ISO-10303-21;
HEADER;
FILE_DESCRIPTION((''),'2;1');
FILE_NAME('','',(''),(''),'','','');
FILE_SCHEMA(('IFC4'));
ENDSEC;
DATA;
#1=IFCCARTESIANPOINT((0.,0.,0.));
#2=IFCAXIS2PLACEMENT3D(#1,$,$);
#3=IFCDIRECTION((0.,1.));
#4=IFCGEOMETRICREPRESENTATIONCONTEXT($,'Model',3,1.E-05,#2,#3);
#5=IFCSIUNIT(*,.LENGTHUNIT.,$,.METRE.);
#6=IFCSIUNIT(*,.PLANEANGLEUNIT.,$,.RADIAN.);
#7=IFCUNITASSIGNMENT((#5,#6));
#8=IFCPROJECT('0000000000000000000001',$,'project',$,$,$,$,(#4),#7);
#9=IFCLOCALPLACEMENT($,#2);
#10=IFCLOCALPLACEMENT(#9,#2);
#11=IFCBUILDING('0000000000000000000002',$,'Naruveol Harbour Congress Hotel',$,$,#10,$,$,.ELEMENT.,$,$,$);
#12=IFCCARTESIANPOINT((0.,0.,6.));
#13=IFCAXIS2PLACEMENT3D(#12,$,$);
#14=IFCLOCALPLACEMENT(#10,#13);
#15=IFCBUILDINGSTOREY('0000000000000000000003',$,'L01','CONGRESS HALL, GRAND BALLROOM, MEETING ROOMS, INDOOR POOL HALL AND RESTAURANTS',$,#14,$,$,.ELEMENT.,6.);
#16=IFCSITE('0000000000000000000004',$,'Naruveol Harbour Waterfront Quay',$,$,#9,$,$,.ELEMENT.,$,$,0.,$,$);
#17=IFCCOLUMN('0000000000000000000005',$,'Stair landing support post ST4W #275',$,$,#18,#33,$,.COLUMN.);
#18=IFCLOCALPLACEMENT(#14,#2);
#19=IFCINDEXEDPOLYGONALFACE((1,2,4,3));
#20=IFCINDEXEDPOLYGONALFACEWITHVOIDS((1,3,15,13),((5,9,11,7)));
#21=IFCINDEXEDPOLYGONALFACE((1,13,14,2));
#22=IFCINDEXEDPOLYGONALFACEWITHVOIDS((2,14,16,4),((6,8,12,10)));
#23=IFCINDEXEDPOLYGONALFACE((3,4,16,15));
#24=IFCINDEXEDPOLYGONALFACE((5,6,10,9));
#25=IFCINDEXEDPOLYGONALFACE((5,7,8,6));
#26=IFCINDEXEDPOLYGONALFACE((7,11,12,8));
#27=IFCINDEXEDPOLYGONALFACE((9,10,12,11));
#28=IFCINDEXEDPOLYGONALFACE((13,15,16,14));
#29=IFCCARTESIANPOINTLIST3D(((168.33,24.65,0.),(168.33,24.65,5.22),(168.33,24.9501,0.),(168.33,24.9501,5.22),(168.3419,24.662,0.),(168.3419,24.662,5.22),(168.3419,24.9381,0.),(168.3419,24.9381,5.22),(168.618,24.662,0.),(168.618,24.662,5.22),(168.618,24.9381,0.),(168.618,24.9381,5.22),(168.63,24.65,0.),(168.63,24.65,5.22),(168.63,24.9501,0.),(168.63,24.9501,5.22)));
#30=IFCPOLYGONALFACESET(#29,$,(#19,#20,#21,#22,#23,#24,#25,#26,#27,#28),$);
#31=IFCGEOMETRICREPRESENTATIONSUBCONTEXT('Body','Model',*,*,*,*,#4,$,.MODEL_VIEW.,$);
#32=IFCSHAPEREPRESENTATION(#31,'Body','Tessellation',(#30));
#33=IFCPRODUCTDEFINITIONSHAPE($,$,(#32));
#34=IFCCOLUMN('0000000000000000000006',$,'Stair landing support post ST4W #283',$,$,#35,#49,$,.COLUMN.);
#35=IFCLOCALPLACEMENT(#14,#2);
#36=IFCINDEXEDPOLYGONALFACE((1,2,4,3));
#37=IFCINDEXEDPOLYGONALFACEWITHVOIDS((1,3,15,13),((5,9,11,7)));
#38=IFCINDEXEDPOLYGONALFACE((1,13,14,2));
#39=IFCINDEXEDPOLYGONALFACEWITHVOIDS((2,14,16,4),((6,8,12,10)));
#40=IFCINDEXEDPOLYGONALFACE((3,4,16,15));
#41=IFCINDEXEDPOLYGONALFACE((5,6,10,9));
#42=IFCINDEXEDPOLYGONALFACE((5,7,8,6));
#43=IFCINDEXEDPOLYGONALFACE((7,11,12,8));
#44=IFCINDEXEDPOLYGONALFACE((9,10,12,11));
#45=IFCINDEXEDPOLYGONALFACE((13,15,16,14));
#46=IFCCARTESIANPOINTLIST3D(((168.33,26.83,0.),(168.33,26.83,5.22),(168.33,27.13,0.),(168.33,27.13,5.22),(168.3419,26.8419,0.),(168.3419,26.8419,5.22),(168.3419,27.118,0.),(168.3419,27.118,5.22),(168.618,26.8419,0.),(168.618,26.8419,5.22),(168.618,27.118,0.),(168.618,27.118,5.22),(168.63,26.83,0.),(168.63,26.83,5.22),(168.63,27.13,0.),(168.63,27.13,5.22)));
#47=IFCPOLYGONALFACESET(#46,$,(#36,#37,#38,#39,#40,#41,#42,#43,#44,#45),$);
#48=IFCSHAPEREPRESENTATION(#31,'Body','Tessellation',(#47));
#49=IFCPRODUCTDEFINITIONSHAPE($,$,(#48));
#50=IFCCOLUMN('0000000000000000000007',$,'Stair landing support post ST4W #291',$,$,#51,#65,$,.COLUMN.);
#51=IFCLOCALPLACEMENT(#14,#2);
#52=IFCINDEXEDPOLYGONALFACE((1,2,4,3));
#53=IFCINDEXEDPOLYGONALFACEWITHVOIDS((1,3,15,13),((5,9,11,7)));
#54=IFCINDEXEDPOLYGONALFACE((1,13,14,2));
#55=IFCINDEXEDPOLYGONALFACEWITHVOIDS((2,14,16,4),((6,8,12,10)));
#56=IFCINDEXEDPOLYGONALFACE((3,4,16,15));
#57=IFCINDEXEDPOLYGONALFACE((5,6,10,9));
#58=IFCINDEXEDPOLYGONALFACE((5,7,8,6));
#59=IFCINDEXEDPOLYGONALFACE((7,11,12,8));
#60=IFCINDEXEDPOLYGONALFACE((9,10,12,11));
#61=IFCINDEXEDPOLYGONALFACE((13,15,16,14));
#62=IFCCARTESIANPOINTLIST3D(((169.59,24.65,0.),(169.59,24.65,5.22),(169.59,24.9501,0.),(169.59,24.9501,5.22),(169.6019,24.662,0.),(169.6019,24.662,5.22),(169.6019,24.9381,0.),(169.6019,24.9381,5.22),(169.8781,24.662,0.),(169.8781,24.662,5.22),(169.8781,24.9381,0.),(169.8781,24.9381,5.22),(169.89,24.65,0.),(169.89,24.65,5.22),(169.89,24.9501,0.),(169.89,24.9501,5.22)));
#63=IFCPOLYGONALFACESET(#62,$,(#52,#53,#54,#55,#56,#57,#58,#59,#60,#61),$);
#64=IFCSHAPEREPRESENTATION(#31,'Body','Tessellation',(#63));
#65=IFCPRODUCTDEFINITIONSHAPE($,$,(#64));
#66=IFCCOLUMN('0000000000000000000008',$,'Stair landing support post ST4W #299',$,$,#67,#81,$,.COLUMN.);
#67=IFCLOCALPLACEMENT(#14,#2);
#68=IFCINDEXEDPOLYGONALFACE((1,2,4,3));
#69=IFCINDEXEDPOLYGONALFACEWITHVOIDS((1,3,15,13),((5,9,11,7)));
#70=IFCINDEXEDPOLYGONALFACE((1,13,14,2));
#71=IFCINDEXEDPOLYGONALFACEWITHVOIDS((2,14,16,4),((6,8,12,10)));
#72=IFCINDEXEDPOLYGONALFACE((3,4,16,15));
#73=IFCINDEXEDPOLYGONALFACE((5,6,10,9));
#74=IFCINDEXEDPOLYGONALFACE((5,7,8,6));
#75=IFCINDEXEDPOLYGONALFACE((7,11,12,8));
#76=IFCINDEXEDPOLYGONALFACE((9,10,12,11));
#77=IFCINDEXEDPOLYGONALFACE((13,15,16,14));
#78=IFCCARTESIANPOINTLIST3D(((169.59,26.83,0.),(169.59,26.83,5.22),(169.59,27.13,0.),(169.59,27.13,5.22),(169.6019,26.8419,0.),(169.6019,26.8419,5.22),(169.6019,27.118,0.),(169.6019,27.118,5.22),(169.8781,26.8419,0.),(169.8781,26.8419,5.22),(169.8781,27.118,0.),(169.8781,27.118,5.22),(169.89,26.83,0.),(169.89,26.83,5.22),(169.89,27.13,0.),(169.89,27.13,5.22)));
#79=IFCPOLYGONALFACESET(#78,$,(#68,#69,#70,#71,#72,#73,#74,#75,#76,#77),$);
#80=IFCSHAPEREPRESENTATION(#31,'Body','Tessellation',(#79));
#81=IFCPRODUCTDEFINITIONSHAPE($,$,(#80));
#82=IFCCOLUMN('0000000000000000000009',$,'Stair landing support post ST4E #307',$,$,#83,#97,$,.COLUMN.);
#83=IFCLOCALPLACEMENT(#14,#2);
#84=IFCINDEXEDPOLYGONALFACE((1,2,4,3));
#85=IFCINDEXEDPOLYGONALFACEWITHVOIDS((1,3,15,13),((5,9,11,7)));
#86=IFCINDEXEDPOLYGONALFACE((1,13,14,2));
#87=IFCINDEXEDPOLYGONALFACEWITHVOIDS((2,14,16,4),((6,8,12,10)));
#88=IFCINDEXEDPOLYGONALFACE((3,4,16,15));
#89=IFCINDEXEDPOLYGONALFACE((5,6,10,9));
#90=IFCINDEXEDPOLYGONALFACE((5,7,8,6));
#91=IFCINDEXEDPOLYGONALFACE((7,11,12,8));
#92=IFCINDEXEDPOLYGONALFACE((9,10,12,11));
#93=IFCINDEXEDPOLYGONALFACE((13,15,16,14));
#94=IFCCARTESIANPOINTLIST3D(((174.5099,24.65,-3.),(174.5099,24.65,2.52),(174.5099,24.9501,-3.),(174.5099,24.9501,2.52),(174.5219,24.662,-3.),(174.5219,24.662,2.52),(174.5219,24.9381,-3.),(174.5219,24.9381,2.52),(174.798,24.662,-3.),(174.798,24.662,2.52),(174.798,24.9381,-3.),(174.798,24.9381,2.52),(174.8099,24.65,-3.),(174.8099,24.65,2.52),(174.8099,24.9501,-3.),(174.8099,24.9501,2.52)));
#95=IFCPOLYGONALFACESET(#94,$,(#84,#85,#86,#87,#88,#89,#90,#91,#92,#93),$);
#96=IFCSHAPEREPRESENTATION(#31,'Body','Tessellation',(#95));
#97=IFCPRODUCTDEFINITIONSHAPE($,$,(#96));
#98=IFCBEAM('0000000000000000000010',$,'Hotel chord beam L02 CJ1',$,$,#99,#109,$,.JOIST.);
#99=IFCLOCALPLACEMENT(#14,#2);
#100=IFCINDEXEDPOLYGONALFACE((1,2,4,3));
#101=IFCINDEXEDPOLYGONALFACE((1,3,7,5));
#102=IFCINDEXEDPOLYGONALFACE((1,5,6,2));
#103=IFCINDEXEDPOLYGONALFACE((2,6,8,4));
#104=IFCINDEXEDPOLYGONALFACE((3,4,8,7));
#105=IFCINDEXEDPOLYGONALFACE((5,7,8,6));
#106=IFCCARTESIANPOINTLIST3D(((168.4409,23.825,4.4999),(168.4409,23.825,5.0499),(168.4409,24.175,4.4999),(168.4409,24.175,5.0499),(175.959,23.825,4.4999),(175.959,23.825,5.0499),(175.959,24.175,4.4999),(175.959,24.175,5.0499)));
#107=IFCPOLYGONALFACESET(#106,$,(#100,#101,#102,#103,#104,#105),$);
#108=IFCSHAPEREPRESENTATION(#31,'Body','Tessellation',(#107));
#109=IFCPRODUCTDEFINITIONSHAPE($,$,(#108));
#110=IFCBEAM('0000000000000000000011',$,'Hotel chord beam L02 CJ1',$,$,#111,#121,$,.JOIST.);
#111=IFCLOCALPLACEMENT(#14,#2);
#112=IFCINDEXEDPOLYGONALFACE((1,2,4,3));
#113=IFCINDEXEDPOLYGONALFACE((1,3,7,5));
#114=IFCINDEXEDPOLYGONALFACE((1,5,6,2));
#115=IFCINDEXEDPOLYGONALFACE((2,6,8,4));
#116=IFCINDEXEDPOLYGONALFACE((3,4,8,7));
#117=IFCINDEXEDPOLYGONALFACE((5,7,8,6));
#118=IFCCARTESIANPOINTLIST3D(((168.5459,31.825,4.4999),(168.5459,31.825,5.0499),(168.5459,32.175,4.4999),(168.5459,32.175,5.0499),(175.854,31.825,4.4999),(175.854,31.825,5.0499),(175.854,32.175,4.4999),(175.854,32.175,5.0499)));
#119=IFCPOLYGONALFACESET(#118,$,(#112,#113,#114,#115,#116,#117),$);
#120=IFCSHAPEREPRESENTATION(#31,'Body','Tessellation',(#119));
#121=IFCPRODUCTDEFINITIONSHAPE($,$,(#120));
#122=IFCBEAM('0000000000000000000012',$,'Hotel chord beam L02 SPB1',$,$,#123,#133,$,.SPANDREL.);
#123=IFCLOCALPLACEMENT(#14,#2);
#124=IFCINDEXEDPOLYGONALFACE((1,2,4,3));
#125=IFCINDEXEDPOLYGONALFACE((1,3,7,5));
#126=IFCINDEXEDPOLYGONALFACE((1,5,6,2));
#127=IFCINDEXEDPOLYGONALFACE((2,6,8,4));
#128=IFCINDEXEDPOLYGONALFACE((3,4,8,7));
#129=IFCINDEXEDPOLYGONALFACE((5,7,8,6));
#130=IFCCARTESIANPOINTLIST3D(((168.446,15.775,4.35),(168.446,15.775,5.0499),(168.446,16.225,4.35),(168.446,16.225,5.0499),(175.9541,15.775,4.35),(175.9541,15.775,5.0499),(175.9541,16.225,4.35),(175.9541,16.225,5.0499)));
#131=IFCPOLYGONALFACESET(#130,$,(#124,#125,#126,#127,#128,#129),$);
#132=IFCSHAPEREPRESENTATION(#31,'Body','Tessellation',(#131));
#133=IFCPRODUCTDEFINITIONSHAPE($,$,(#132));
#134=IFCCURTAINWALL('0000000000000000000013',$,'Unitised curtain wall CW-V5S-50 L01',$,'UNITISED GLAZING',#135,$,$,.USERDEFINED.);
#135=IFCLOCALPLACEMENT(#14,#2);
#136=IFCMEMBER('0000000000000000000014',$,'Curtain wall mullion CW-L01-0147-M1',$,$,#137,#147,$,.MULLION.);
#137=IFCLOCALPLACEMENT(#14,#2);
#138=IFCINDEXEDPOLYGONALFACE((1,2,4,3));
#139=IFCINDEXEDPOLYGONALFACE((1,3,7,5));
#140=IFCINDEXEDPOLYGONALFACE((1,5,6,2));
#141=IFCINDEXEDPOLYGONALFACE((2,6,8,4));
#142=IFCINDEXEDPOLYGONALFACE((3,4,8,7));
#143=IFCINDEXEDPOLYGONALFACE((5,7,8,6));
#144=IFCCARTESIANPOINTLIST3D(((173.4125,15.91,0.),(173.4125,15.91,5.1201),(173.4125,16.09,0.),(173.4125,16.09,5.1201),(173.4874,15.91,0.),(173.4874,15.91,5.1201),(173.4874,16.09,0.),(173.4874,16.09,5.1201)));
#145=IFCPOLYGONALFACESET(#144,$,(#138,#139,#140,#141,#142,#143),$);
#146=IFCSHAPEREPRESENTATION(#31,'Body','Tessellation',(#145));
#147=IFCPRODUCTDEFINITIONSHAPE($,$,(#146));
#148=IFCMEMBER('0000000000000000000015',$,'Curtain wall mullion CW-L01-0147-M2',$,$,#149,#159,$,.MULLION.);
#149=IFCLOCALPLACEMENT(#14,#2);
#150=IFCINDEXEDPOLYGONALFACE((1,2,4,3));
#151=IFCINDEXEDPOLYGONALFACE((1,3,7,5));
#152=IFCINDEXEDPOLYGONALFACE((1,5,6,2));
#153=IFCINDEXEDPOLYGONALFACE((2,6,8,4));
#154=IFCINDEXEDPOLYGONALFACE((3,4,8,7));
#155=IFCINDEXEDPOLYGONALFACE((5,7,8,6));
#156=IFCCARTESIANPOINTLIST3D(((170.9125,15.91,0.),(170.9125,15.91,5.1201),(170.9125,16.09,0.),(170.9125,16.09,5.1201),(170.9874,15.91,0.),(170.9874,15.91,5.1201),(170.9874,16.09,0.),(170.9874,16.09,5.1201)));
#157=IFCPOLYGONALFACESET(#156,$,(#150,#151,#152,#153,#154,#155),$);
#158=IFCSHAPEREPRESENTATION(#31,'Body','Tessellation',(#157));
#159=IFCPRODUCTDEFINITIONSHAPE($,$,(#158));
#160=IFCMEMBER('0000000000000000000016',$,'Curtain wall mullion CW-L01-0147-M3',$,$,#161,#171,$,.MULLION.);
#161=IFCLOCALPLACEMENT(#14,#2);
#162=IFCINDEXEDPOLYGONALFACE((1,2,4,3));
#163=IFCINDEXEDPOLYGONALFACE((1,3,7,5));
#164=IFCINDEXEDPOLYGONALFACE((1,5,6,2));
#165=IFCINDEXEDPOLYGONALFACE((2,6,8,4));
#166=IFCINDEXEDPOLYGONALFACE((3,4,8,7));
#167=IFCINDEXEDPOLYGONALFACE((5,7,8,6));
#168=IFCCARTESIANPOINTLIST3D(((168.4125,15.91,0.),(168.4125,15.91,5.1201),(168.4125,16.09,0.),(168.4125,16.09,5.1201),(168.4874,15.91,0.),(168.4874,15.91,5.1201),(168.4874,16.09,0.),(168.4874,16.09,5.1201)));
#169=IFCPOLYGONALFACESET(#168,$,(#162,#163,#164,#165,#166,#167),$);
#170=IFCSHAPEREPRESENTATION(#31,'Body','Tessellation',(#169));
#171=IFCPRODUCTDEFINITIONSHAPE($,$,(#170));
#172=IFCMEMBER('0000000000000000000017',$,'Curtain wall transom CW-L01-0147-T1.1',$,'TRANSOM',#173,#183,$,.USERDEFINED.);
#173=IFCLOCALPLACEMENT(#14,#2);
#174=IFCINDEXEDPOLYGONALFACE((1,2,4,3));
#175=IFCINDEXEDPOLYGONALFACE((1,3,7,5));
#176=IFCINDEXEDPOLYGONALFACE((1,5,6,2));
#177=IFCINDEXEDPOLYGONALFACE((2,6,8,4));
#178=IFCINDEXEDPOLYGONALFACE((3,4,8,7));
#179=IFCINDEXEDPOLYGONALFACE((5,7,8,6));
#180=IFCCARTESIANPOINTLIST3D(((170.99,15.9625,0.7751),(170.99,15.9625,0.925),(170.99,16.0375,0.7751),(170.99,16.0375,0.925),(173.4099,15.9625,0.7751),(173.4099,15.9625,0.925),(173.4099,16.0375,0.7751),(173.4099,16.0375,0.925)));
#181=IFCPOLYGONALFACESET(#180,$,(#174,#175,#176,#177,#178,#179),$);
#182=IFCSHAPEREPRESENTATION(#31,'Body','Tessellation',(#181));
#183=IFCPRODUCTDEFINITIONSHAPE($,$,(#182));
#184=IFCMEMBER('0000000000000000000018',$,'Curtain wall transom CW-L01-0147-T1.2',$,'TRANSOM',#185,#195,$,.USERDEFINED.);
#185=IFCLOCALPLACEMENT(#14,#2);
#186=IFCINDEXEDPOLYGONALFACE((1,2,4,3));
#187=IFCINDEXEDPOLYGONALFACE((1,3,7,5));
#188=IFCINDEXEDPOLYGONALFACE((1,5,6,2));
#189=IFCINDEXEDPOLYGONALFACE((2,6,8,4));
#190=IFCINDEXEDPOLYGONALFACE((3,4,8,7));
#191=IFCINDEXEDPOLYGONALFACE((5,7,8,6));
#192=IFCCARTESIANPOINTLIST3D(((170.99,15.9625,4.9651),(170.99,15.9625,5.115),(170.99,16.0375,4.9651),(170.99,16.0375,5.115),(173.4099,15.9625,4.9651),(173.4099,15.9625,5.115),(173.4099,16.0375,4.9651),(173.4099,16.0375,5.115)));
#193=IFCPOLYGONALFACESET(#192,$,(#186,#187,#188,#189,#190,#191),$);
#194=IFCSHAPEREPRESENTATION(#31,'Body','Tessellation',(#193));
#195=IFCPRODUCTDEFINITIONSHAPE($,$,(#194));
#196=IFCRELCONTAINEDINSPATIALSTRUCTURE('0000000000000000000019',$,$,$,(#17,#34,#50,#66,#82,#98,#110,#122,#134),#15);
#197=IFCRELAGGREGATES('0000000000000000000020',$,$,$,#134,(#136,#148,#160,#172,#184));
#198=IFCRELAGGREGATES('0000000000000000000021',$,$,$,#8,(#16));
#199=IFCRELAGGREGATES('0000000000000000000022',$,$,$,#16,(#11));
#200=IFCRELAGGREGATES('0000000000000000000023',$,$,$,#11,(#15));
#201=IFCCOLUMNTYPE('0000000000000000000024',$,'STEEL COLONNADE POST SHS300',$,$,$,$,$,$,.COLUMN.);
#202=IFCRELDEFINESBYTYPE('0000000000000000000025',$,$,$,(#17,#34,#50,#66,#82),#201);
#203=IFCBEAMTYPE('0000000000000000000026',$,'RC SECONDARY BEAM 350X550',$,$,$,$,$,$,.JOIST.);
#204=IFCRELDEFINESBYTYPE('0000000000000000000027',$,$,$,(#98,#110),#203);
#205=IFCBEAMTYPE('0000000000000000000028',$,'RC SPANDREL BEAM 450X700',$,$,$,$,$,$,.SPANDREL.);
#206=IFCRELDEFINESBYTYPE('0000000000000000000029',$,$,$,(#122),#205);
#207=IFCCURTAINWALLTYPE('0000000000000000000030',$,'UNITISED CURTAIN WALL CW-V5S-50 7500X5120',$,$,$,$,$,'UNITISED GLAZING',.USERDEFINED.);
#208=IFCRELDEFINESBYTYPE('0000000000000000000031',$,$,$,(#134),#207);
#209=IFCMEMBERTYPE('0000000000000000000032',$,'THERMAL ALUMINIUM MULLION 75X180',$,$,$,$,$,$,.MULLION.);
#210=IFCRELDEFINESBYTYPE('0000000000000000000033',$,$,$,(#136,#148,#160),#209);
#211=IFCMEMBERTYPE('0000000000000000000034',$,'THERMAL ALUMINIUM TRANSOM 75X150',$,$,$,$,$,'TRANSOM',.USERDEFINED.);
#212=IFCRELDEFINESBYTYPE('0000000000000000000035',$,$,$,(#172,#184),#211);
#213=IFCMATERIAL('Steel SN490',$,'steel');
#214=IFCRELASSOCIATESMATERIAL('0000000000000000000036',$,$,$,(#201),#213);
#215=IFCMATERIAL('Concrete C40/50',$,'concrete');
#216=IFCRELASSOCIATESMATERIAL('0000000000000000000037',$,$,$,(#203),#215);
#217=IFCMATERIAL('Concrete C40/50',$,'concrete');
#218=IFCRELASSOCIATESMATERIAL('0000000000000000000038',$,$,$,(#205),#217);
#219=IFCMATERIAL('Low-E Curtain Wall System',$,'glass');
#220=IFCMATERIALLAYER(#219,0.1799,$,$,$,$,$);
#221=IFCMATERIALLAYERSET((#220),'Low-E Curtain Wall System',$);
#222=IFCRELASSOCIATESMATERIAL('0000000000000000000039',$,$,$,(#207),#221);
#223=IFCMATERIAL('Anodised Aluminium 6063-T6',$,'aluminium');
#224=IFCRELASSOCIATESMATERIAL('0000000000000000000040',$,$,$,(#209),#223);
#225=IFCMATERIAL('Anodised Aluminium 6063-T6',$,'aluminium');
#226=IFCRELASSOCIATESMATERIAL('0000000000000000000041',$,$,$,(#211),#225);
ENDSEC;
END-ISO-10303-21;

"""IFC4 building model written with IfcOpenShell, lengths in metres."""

from ifc_helpers import new_model, si_unit, direction, frame, origin, origin_2d, place, context, subcontext, project, spatial, rectangle, hollow_rectangle, extrude, material, layer, layer_set, material_profile, profile_set, type_object, element, aggregate, save


model = new_model("IFC4")

# Units and contexts
model_context = context("Model", 3, precision=1e-05, world=origin(), true_north=direction((0.0, 1.0)))
body_context = subcontext(model_context, "Body", "Model", "MODEL_VIEW")
ifc_project = project(units=[si_unit("LENGTHUNIT", "METRE"), si_unit("PLANEANGLEUNIT", "RADIAN")], contexts=[model_context])

# Site, building, storey
site_placement = place(None, origin())
site = spatial("IfcSite", under=ifc_project, at=site_placement, Name="Naruveol Harbour Waterfront Quay", CompositionType="ELEMENT", RefElevation=0.0)
building_placement = place(site_placement, origin())
building = spatial("IfcBuilding", under=site, at=building_placement, Name="Naruveol Harbour Congress Hotel", CompositionType="ELEMENT")
storey_placement = place(building_placement, frame((0.0, 0.0, 6.0)))
storey = spatial("IfcBuildingStorey", under=building, at=storey_placement, Name="L01", Description="CONGRESS HALL, GRAND BALLROOM, MEETING ROOMS, INDOOR POOL HALL AND RESTAURANTS", CompositionType="ELEMENT", Elevation=6.0)

# Columns
ifc_material_1 = material(Name="Steel SN490", Category="steel")
ifc_material_profile_1 = material_profile(ifc_material_1, hollow_rectangle(XDim=0.3, YDim=0.3, WallThickness=0.012, at=origin_2d()), Name="SHS-300x300x12")
ifc_profile_set_1 = profile_set([ifc_material_profile_1], Name="Steel SN490")
column_type = type_object("IfcColumnType", Name="STEEL COLONNADE POST SHS300", PredefinedType="COLUMN", material=ifc_profile_set_1)
for number, where, z_axis, x_axis, name in (
    (1, (168.48, 24.8, 0.0), (0.0, 0.0, 1.0), (1.0, 0.0, 0.0), "Stair landing support post ST4W #275"),
    (2, (168.48, 26.98, 0.0), (0.0, 0.0, 1.0), (1.0, 0.0, 0.0), "Stair landing support post ST4W #283"),
    (3, (169.74, 24.8, 0.0), (0.0, 0.0, 1.0), (1.0, 0.0, 0.0), "Stair landing support post ST4W #291"),
    (4, (169.74, 26.98, 0.0), (0.0, 0.0, 1.0), (1.0, 0.0, 0.0), "Stair landing support post ST4W #299"),
):
    element("IfcColumn", number, at=place(storey_placement, frame(where, z_axis=z_axis, x_axis=x_axis)), inside=storey, type_object=column_type, Name=name, PredefinedType="COLUMN", context=body_context, shape_type="SweptSolid", body=[
        extrude(hollow_rectangle(XDim=0.3, YDim=0.3, WallThickness=0.012, at=origin_2d()), origin(), (0.0, 0.0, 1.0), 5.22),
    ])
column_placement = place(storey_placement, frame((174.6599, 24.8, -3.0), z_axis=(0.0, 0.0, 1.0), x_axis=(1.0, 0.0, 0.0)))
element("IfcColumn", 5, at=column_placement, inside=storey, type_object=column_type, Name="Stair landing support post ST4E #307", PredefinedType="COLUMN", context=body_context, shape_type="SweptSolid", body=[
    extrude(hollow_rectangle(XDim=0.3, YDim=0.3, WallThickness=0.012, at=origin_2d()), origin(), (0.0, 0.0, 1.0), 5.52),
])

# Beams
ifc_material_2 = material(Name="Concrete C40/50", Category="concrete")
ifc_material_profile_2 = material_profile(ifc_material_2, rectangle(XDim=0.3501, YDim=0.55, at=origin_2d()), Name="RCB-350x550")
ifc_profile_set_2 = profile_set([ifc_material_profile_2], Name="Concrete C40/50")
beam_type_1 = type_object("IfcBeamType", Name="RC SECONDARY BEAM 350X550", PredefinedType="JOIST", material=ifc_profile_set_2)
beam_1_placement = place(storey_placement, frame((168.4409, 24.0, 4.7749), z_axis=(1.0, 0.0, 0.0), x_axis=(0.0, 1.0, 0.0)))
element("IfcBeam", 6, at=beam_1_placement, inside=storey, type_object=beam_type_1, Name="Hotel chord beam L02 CJ1", PredefinedType="JOIST", context=body_context, shape_type="SweptSolid", body=[
    extrude(rectangle(XDim=0.3501, YDim=0.55, at=origin_2d()), origin(), (0.0, 0.0, 1.0), 7.5181),
])
beam_2_placement = place(storey_placement, frame((168.5459, 32.0, 4.7749), z_axis=(1.0, 0.0, 0.0), x_axis=(0.0, 1.0, 0.0)))
element("IfcBeam", 7, at=beam_2_placement, inside=storey, type_object=beam_type_1, Name="Hotel chord beam L02 CJ1", PredefinedType="JOIST", context=body_context, shape_type="SweptSolid", body=[
    extrude(rectangle(XDim=0.3501, YDim=0.55, at=origin_2d()), origin(), (0.0, 0.0, 1.0), 7.3081),
])
ifc_material_3 = material(Name="Concrete C40/50", Category="concrete")
ifc_material_profile_3 = material_profile(ifc_material_3, rectangle(XDim=0.45, YDim=0.7, at=origin_2d()), Name="RCB-450x700")
ifc_profile_set_3 = profile_set([ifc_material_profile_3], Name="Concrete C40/50")
beam_type_2 = type_object("IfcBeamType", Name="RC SPANDREL BEAM 450X700", PredefinedType="SPANDREL", material=ifc_profile_set_3)
beam_3_placement = place(storey_placement, frame((168.446, 16.0, 4.7), z_axis=(1.0, 0.0, 0.0), x_axis=(0.0, 1.0, 0.0)))
element("IfcBeam", 8, at=beam_3_placement, inside=storey, type_object=beam_type_2, Name="Hotel chord beam L02 SPB1", PredefinedType="SPANDREL", context=body_context, shape_type="SweptSolid", body=[
    extrude(rectangle(XDim=0.45, YDim=0.7, at=origin_2d()), origin(), (0.0, 0.0, 1.0), 7.5081),
])

# Curtain wall, members
ifc_material_4 = material(Name="Low-E Curtain Wall System", Category="glass")
ifc_layer_1 = layer(ifc_material_4, 0.1799)
ifc_layer_set_1 = layer_set([ifc_layer_1], Name="Low-E Curtain Wall System")
curtain_wall_type = type_object("IfcCurtainWallType", Name="UNITISED CURTAIN WALL CW-V5S-50 7500X5120", ElementType="UNITISED GLAZING", PredefinedType="USERDEFINED", material=ifc_layer_set_1)
curtain_wall_placement = place(storey_placement, origin())
curtain_wall = element("IfcCurtainWall", 9, at=curtain_wall_placement, inside=storey, type_object=curtain_wall_type, Name="Unitised curtain wall CW-V5S-50 L01", ObjectType="UNITISED GLAZING", PredefinedType="USERDEFINED")
ifc_material_5 = material(Name="Anodised Aluminium 6063-T6", Category="aluminium")
ifc_material_profile_4 = material_profile(ifc_material_5, rectangle(XDim=0.075, YDim=0.1799, at=origin_2d()), Name="ALU-75x180")
ifc_profile_set_4 = profile_set([ifc_material_profile_4], Name="Anodised Aluminium 6063-T6")
member_type_1 = type_object("IfcMemberType", Name="THERMAL ALUMINIUM MULLION 75X180", PredefinedType="MULLION", material=ifc_profile_set_4)
member_1_placement = place(storey_placement, frame((173.45, 16.0, 0.0), z_axis=(0.0, 0.0, 1.0), x_axis=(1.0, 0.0, 0.0)))
member_1 = element("IfcMember", 10, at=member_1_placement, type_object=member_type_1, Name="Curtain wall mullion CW-L01-0147-M1", PredefinedType="MULLION", context=body_context, shape_type="SweptSolid", body=[
    extrude(rectangle(XDim=0.075, YDim=0.1799, at=origin_2d()), origin(), (0.0, 0.0, 1.0), 5.1201),
])
member_2_placement = place(storey_placement, frame((170.95, 16.0, 0.0), z_axis=(0.0, 0.0, 1.0), x_axis=(1.0, 0.0, 0.0)))
member_2 = element("IfcMember", 11, at=member_2_placement, type_object=member_type_1, Name="Curtain wall mullion CW-L01-0147-M2", PredefinedType="MULLION", context=body_context, shape_type="SweptSolid", body=[
    extrude(rectangle(XDim=0.075, YDim=0.1799, at=origin_2d()), origin(), (0.0, 0.0, 1.0), 5.1201),
])
member_3_placement = place(storey_placement, frame((168.45, 16.0, 0.0), z_axis=(0.0, 0.0, 1.0), x_axis=(1.0, 0.0, 0.0)))
member_3 = element("IfcMember", 12, at=member_3_placement, type_object=member_type_1, Name="Curtain wall mullion CW-L01-0147-M3", PredefinedType="MULLION", context=body_context, shape_type="SweptSolid", body=[
    extrude(rectangle(XDim=0.075, YDim=0.1799, at=origin_2d()), origin(), (0.0, 0.0, 1.0), 5.1201),
])
ifc_material_6 = material(Name="Anodised Aluminium 6063-T6", Category="aluminium")
ifc_material_profile_5 = material_profile(ifc_material_6, rectangle(XDim=0.075, YDim=0.1499, at=origin_2d()), Name="ALU-75x150")
ifc_profile_set_5 = profile_set([ifc_material_profile_5], Name="Anodised Aluminium 6063-T6")
member_type_2 = type_object("IfcMemberType", Name="THERMAL ALUMINIUM TRANSOM 75X150", ElementType="TRANSOM", PredefinedType="USERDEFINED", material=ifc_profile_set_5)
member_4_placement = place(storey_placement, frame((173.4099, 16.0, 0.8501), z_axis=(-1.0, 0.0, 0.0), x_axis=(0.0, -1.0, 0.0)))
member_4 = element("IfcMember", 13, at=member_4_placement, type_object=member_type_2, Name="Curtain wall transom CW-L01-0147-T1.1", ObjectType="TRANSOM", PredefinedType="USERDEFINED", context=body_context, shape_type="SweptSolid", body=[
    extrude(rectangle(XDim=0.075, YDim=0.1499, at=origin_2d()), origin(), (0.0, 0.0, 1.0), 2.4199),
])
member_5_placement = place(storey_placement, frame((173.4099, 16.0, 5.04), z_axis=(-1.0, 0.0, 0.0), x_axis=(0.0, -1.0, 0.0)))
member_5 = element("IfcMember", 14, at=member_5_placement, type_object=member_type_2, Name="Curtain wall transom CW-L01-0147-T1.2", ObjectType="TRANSOM", PredefinedType="USERDEFINED", context=body_context, shape_type="SweptSolid", body=[
    extrude(rectangle(XDim=0.075, YDim=0.1499, at=origin_2d()), origin(), (0.0, 0.0, 1.0), 2.4199),
])
aggregate(curtain_wall, [member_1, member_2, member_3, member_4, member_5])

save(model, "model.ifc")
